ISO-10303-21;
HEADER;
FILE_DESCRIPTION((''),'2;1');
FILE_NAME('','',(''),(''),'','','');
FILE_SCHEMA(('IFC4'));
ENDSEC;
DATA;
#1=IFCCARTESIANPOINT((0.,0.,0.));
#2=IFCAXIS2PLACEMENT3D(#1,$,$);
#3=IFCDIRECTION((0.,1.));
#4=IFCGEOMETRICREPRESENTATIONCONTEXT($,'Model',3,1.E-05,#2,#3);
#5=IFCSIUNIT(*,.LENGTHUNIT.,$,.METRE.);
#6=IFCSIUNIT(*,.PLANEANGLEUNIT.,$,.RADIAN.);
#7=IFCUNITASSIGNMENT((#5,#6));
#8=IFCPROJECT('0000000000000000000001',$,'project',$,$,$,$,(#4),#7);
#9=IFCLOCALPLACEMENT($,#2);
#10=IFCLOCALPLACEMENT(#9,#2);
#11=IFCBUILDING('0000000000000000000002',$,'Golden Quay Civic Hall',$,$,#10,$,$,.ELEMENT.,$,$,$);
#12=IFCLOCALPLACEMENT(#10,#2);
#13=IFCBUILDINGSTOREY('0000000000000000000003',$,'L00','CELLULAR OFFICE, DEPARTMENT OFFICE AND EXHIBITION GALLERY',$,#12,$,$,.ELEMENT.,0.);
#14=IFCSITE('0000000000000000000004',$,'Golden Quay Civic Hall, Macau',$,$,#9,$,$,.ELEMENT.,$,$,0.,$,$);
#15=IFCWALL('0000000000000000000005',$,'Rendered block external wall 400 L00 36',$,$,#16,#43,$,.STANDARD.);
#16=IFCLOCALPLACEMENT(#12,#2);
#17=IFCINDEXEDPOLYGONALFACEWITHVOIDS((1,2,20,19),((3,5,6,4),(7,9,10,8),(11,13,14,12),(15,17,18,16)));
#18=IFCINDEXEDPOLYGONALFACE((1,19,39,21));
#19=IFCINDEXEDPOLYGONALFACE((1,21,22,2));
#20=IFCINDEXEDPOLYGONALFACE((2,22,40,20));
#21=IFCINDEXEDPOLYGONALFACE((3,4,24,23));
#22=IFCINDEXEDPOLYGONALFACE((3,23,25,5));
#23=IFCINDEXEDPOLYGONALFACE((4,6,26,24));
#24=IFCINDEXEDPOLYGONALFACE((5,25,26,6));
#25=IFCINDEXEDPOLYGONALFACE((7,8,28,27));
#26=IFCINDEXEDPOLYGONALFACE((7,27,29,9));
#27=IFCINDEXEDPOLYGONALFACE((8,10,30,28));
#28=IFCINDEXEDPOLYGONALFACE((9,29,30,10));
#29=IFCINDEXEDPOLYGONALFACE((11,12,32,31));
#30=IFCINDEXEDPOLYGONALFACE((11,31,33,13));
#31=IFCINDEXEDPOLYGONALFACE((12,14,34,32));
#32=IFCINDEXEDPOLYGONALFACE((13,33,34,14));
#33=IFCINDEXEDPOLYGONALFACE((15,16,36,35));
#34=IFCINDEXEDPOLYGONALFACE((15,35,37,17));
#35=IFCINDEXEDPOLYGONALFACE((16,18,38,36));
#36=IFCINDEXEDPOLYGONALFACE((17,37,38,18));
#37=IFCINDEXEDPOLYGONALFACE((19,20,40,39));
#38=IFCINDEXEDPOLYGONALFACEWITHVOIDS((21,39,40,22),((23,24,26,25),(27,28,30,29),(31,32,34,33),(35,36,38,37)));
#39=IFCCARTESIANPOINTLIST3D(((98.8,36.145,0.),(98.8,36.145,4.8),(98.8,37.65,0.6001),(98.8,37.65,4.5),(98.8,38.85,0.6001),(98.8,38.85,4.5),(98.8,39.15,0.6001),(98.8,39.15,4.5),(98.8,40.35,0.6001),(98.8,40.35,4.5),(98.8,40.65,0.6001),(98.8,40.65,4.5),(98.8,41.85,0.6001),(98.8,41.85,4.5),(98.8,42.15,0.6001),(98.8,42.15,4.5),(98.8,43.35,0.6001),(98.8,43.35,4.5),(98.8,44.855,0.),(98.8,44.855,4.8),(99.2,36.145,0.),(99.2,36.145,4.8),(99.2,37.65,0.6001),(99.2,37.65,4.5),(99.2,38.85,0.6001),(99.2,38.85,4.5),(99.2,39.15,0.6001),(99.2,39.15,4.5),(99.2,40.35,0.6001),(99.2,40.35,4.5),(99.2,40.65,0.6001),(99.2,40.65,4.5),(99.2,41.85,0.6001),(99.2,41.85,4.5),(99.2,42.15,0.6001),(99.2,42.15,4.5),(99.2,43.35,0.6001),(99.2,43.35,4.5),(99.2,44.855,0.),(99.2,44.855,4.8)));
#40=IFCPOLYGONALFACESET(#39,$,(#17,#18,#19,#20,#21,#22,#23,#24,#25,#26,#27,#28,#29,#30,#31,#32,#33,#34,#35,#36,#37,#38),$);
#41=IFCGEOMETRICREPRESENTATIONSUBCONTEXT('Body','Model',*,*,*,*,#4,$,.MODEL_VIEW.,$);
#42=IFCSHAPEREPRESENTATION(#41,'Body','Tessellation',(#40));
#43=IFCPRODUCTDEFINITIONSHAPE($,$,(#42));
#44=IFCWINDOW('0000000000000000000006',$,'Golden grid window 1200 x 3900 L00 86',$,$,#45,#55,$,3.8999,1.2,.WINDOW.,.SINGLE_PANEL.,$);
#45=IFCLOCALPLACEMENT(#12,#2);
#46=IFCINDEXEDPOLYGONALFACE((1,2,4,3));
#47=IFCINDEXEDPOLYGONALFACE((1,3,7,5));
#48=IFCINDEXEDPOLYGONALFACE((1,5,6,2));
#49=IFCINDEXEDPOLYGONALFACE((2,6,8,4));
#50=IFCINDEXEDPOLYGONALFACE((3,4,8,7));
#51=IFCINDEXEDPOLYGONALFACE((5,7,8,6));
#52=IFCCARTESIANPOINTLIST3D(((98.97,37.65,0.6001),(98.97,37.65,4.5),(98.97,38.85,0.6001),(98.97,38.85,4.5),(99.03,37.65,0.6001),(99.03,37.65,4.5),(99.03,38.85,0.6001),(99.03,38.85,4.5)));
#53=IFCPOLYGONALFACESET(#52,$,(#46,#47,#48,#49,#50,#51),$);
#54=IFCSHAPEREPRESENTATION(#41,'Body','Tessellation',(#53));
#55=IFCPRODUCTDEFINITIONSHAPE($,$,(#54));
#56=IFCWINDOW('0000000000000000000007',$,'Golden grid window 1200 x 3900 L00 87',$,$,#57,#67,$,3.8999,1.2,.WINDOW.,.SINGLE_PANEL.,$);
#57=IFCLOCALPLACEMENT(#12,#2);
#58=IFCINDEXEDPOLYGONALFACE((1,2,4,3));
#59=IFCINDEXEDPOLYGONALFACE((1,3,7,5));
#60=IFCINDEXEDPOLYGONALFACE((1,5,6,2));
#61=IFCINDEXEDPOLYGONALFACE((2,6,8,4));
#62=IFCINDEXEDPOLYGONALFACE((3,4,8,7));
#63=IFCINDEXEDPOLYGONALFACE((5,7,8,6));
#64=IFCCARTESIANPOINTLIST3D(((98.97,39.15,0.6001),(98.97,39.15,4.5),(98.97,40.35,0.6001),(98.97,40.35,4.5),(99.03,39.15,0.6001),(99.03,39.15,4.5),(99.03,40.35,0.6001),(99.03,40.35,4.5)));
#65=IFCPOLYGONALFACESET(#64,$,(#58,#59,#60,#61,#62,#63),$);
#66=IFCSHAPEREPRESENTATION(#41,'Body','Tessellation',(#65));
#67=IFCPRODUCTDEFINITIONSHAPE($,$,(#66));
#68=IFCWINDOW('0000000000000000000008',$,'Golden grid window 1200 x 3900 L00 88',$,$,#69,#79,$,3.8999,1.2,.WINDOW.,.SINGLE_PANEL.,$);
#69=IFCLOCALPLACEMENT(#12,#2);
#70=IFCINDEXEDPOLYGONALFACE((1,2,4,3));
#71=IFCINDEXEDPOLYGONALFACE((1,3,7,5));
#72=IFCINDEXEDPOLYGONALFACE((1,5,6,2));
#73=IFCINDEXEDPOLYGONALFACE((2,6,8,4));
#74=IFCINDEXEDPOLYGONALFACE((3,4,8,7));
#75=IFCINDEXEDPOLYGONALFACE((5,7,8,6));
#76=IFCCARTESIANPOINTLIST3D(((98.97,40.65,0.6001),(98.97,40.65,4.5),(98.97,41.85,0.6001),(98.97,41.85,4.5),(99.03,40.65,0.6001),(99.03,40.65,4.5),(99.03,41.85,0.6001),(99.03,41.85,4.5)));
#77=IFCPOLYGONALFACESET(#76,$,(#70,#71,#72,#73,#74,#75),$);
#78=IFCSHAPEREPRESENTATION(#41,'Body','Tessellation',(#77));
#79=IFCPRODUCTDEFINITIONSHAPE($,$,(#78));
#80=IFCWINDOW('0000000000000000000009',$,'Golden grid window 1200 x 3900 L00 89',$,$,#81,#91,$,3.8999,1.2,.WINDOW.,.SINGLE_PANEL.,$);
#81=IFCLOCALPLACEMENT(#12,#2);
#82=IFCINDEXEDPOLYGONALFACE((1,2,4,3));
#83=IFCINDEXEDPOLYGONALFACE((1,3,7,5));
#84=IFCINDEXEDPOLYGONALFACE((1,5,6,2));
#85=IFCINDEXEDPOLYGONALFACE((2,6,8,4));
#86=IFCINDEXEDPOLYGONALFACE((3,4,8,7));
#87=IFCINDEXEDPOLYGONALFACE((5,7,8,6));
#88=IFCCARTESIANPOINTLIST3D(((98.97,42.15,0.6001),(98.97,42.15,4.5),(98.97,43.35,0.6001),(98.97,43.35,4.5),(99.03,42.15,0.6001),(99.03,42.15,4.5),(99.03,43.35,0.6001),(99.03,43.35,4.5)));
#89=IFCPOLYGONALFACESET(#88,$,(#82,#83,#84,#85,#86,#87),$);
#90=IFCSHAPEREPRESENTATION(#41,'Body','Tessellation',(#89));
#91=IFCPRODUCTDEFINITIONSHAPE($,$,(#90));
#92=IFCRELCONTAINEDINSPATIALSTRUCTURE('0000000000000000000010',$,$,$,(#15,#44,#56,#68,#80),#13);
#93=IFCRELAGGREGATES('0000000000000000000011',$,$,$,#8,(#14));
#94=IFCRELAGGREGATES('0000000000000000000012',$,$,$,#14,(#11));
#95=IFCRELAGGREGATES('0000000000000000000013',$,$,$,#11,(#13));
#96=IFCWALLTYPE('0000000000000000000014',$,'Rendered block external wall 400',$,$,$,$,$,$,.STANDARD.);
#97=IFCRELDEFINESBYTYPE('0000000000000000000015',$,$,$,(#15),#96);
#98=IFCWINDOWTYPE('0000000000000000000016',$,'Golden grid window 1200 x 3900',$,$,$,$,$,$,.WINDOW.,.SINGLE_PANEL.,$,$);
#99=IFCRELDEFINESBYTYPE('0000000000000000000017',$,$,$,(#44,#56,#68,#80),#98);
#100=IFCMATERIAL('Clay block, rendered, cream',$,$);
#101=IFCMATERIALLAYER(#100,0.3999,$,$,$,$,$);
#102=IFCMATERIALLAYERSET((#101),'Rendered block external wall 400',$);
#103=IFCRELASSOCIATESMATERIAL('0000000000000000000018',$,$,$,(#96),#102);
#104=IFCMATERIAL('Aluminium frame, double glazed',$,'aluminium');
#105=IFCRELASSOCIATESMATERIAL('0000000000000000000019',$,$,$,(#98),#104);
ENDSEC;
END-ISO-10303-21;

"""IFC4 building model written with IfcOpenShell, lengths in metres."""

from ifc_helpers import new_model, si_unit, direction, frame, frame_2d, origin, place, context, subcontext, project, spatial, rectangle, extrude, material, layer, layer_set, type_object, element, fill, save


model = new_model("IFC4")

# Units and contexts
model_context = context("Model", 3, precision=1e-05, world=origin(), true_north=direction((0.0, 1.0)))
body_context = subcontext(model_context, "Body", "Model", "MODEL_VIEW")
ifc_project = project(units=[si_unit("LENGTHUNIT", "METRE"), si_unit("PLANEANGLEUNIT", "RADIAN")], contexts=[model_context])

# Site, building, storey
site_placement = place(None, origin())
site = spatial("IfcSite", under=ifc_project, at=site_placement, Name="Golden Quay Civic Hall, Macau", CompositionType="ELEMENT", RefElevation=0.0)
building_placement = place(site_placement, origin())
building = spatial("IfcBuilding", under=site, at=building_placement, Name="Golden Quay Civic Hall", CompositionType="ELEMENT")
storey_placement = place(building_placement, origin())
storey = spatial("IfcBuildingStorey", under=building, at=storey_placement, Name="L00", Description="CELLULAR OFFICE, DEPARTMENT OFFICE AND EXHIBITION GALLERY", CompositionType="ELEMENT", Elevation=0.0)

# Wall, openings, windows
ifc_material_1 = material(Name="Clay block, rendered, cream")
ifc_layer_1 = layer(ifc_material_1, 0.3999)
ifc_layer_set_1 = layer_set([ifc_layer_1], Name="Rendered block external wall 400")
wall_type = type_object("IfcWallType", Name="Rendered block external wall 400", PredefinedType="STANDARD", material=ifc_layer_set_1)
ifc_material_2 = material(Name="Aluminium frame, double glazed", Category="aluminium")
window_type = type_object("IfcWindowType", Name="Golden grid window 1200 x 3900", PartitioningType="SINGLE_PANEL", PredefinedType="WINDOW", material=ifc_material_2)
wall_1_placement = place(storey_placement, frame((99.0, 36.145, 0.0), z_axis=(0.0, 0.0, 1.0), x_axis=(0.0, 1.0, 0.0)))
wall_1 = element("IfcWall", 1, at=wall_1_placement, inside=storey, type_object=wall_type, Name="Rendered block external wall 400 L00 36", PredefinedType="STANDARD", context=body_context, shape_type="SweptSolid", body=[
    extrude(rectangle(XDim=8.71, YDim=0.3999, at=frame_2d((4.355, 0.0))), origin(), (0.0, 0.0, 1.0), 4.8),
])
opening_1_placement = place(wall_1_placement, frame((1.5049, 0.0, 0.6001)))
opening_1 = element("IfcOpeningElement", 2, at=opening_1_placement, cuts=wall_1, PredefinedType="OPENING", context=body_context, shape_type="SweptSolid", body=[
    extrude(rectangle(XDim=1.2, YDim=3.8999, at=frame_2d((0.6001, 1.95))), frame((0.0, 0.21, 0.0), z_axis=(0.0, -1.0, 0.0), x_axis=(1.0, 0.0, 0.0)), (0.0, 0.0, 1.0), 0.4199),
])
opening_2_placement = place(wall_1_placement, frame((3.0049, 0.0, 0.6001)))
opening_2 = element("IfcOpeningElement", 3, at=opening_2_placement, cuts=wall_1, PredefinedType="OPENING", context=body_context, shape_type="SweptSolid", body=[
    extrude(rectangle(XDim=1.2, YDim=3.8999, at=frame_2d((0.6001, 1.95))), frame((0.0, 0.21, 0.0), z_axis=(0.0, -1.0, 0.0), x_axis=(1.0, 0.0, 0.0)), (0.0, 0.0, 1.0), 0.4199),
])
opening_3_placement = place(wall_1_placement, frame((4.5049, 0.0, 0.6001)))
opening_3 = element("IfcOpeningElement", 4, at=opening_3_placement, cuts=wall_1, PredefinedType="OPENING", context=body_context, shape_type="SweptSolid", body=[
    extrude(rectangle(XDim=1.2, YDim=3.8999, at=frame_2d((0.6001, 1.95))), frame((0.0, 0.21, 0.0), z_axis=(0.0, -1.0, 0.0), x_axis=(1.0, 0.0, 0.0)), (0.0, 0.0, 1.0), 0.4199),
])
opening_4_placement = place(wall_1_placement, frame((6.0049, 0.0, 0.6001)))
opening_4 = element("IfcOpeningElement", 5, at=opening_4_placement, cuts=wall_1, PredefinedType="OPENING", context=body_context, shape_type="SweptSolid", body=[
    extrude(rectangle(XDim=1.2, YDim=3.8999, at=frame_2d((0.6001, 1.95))), frame((0.0, 0.21, 0.0), z_axis=(0.0, -1.0, 0.0), x_axis=(1.0, 0.0, 0.0)), (0.0, 0.0, 1.0), 0.4199),
])
window_1_placement = place(opening_1_placement, origin())
window_1 = element("IfcWindow", 6, at=window_1_placement, inside=storey, type_object=window_type, Name="Golden grid window 1200 x 3900 L00 86", OverallHeight=3.8999, OverallWidth=1.2, PartitioningType="SINGLE_PANEL", PredefinedType="WINDOW", context=body_context, shape_type="SweptSolid", body=[
    extrude(rectangle(XDim=1.2, YDim=3.8999, at=frame_2d((0.6001, 1.95))), frame((0.0, 0.03, 0.0), z_axis=(0.0, -1.0, 0.0), x_axis=(1.0, 0.0, 0.0)), (0.0, 0.0, 1.0), 0.0601),
])
fill(opening_1, window_1)
window_2_placement = place(opening_2_placement, origin())
window_2 = element("IfcWindow", 7, at=window_2_placement, inside=storey, type_object=window_type, Name="Golden grid window 1200 x 3900 L00 87", OverallHeight=3.8999, OverallWidth=1.2, PartitioningType="SINGLE_PANEL", PredefinedType="WINDOW", context=body_context, shape_type="SweptSolid", body=[
    extrude(rectangle(XDim=1.2, YDim=3.8999, at=frame_2d((0.6001, 1.95))), frame((0.0, 0.03, 0.0), z_axis=(0.0, -1.0, 0.0), x_axis=(1.0, 0.0, 0.0)), (0.0, 0.0, 1.0), 0.0601),
])
fill(opening_2, window_2)
window_3_placement = place(opening_3_placement, origin())
window_3 = element("IfcWindow", 8, at=window_3_placement, inside=storey, type_object=window_type, Name="Golden grid window 1200 x 3900 L00 88", OverallHeight=3.8999, OverallWidth=1.2, PartitioningType="SINGLE_PANEL", PredefinedType="WINDOW", context=body_context, shape_type="SweptSolid", body=[
    extrude(rectangle(XDim=1.2, YDim=3.8999, at=frame_2d((0.6001, 1.95))), frame((0.0, 0.03, 0.0), z_axis=(0.0, -1.0, 0.0), x_axis=(1.0, 0.0, 0.0)), (0.0, 0.0, 1.0), 0.0601),
])
fill(opening_3, window_3)
window_4_placement = place(opening_4_placement, origin())
window_4 = element("IfcWindow", 9, at=window_4_placement, inside=storey, type_object=window_type, Name="Golden grid window 1200 x 3900 L00 89", OverallHeight=3.8999, OverallWidth=1.2, PartitioningType="SINGLE_PANEL", PredefinedType="WINDOW", context=body_context, shape_type="SweptSolid", body=[
    extrude(rectangle(XDim=1.2, YDim=3.8999, at=frame_2d((0.6001, 1.95))), frame((0.0, 0.03, 0.0), z_axis=(0.0, -1.0, 0.0), x_axis=(1.0, 0.0, 0.0)), (0.0, 0.0, 1.0), 0.0601),
])
fill(opening_4, window_4)

save(model, "model.ifc")
